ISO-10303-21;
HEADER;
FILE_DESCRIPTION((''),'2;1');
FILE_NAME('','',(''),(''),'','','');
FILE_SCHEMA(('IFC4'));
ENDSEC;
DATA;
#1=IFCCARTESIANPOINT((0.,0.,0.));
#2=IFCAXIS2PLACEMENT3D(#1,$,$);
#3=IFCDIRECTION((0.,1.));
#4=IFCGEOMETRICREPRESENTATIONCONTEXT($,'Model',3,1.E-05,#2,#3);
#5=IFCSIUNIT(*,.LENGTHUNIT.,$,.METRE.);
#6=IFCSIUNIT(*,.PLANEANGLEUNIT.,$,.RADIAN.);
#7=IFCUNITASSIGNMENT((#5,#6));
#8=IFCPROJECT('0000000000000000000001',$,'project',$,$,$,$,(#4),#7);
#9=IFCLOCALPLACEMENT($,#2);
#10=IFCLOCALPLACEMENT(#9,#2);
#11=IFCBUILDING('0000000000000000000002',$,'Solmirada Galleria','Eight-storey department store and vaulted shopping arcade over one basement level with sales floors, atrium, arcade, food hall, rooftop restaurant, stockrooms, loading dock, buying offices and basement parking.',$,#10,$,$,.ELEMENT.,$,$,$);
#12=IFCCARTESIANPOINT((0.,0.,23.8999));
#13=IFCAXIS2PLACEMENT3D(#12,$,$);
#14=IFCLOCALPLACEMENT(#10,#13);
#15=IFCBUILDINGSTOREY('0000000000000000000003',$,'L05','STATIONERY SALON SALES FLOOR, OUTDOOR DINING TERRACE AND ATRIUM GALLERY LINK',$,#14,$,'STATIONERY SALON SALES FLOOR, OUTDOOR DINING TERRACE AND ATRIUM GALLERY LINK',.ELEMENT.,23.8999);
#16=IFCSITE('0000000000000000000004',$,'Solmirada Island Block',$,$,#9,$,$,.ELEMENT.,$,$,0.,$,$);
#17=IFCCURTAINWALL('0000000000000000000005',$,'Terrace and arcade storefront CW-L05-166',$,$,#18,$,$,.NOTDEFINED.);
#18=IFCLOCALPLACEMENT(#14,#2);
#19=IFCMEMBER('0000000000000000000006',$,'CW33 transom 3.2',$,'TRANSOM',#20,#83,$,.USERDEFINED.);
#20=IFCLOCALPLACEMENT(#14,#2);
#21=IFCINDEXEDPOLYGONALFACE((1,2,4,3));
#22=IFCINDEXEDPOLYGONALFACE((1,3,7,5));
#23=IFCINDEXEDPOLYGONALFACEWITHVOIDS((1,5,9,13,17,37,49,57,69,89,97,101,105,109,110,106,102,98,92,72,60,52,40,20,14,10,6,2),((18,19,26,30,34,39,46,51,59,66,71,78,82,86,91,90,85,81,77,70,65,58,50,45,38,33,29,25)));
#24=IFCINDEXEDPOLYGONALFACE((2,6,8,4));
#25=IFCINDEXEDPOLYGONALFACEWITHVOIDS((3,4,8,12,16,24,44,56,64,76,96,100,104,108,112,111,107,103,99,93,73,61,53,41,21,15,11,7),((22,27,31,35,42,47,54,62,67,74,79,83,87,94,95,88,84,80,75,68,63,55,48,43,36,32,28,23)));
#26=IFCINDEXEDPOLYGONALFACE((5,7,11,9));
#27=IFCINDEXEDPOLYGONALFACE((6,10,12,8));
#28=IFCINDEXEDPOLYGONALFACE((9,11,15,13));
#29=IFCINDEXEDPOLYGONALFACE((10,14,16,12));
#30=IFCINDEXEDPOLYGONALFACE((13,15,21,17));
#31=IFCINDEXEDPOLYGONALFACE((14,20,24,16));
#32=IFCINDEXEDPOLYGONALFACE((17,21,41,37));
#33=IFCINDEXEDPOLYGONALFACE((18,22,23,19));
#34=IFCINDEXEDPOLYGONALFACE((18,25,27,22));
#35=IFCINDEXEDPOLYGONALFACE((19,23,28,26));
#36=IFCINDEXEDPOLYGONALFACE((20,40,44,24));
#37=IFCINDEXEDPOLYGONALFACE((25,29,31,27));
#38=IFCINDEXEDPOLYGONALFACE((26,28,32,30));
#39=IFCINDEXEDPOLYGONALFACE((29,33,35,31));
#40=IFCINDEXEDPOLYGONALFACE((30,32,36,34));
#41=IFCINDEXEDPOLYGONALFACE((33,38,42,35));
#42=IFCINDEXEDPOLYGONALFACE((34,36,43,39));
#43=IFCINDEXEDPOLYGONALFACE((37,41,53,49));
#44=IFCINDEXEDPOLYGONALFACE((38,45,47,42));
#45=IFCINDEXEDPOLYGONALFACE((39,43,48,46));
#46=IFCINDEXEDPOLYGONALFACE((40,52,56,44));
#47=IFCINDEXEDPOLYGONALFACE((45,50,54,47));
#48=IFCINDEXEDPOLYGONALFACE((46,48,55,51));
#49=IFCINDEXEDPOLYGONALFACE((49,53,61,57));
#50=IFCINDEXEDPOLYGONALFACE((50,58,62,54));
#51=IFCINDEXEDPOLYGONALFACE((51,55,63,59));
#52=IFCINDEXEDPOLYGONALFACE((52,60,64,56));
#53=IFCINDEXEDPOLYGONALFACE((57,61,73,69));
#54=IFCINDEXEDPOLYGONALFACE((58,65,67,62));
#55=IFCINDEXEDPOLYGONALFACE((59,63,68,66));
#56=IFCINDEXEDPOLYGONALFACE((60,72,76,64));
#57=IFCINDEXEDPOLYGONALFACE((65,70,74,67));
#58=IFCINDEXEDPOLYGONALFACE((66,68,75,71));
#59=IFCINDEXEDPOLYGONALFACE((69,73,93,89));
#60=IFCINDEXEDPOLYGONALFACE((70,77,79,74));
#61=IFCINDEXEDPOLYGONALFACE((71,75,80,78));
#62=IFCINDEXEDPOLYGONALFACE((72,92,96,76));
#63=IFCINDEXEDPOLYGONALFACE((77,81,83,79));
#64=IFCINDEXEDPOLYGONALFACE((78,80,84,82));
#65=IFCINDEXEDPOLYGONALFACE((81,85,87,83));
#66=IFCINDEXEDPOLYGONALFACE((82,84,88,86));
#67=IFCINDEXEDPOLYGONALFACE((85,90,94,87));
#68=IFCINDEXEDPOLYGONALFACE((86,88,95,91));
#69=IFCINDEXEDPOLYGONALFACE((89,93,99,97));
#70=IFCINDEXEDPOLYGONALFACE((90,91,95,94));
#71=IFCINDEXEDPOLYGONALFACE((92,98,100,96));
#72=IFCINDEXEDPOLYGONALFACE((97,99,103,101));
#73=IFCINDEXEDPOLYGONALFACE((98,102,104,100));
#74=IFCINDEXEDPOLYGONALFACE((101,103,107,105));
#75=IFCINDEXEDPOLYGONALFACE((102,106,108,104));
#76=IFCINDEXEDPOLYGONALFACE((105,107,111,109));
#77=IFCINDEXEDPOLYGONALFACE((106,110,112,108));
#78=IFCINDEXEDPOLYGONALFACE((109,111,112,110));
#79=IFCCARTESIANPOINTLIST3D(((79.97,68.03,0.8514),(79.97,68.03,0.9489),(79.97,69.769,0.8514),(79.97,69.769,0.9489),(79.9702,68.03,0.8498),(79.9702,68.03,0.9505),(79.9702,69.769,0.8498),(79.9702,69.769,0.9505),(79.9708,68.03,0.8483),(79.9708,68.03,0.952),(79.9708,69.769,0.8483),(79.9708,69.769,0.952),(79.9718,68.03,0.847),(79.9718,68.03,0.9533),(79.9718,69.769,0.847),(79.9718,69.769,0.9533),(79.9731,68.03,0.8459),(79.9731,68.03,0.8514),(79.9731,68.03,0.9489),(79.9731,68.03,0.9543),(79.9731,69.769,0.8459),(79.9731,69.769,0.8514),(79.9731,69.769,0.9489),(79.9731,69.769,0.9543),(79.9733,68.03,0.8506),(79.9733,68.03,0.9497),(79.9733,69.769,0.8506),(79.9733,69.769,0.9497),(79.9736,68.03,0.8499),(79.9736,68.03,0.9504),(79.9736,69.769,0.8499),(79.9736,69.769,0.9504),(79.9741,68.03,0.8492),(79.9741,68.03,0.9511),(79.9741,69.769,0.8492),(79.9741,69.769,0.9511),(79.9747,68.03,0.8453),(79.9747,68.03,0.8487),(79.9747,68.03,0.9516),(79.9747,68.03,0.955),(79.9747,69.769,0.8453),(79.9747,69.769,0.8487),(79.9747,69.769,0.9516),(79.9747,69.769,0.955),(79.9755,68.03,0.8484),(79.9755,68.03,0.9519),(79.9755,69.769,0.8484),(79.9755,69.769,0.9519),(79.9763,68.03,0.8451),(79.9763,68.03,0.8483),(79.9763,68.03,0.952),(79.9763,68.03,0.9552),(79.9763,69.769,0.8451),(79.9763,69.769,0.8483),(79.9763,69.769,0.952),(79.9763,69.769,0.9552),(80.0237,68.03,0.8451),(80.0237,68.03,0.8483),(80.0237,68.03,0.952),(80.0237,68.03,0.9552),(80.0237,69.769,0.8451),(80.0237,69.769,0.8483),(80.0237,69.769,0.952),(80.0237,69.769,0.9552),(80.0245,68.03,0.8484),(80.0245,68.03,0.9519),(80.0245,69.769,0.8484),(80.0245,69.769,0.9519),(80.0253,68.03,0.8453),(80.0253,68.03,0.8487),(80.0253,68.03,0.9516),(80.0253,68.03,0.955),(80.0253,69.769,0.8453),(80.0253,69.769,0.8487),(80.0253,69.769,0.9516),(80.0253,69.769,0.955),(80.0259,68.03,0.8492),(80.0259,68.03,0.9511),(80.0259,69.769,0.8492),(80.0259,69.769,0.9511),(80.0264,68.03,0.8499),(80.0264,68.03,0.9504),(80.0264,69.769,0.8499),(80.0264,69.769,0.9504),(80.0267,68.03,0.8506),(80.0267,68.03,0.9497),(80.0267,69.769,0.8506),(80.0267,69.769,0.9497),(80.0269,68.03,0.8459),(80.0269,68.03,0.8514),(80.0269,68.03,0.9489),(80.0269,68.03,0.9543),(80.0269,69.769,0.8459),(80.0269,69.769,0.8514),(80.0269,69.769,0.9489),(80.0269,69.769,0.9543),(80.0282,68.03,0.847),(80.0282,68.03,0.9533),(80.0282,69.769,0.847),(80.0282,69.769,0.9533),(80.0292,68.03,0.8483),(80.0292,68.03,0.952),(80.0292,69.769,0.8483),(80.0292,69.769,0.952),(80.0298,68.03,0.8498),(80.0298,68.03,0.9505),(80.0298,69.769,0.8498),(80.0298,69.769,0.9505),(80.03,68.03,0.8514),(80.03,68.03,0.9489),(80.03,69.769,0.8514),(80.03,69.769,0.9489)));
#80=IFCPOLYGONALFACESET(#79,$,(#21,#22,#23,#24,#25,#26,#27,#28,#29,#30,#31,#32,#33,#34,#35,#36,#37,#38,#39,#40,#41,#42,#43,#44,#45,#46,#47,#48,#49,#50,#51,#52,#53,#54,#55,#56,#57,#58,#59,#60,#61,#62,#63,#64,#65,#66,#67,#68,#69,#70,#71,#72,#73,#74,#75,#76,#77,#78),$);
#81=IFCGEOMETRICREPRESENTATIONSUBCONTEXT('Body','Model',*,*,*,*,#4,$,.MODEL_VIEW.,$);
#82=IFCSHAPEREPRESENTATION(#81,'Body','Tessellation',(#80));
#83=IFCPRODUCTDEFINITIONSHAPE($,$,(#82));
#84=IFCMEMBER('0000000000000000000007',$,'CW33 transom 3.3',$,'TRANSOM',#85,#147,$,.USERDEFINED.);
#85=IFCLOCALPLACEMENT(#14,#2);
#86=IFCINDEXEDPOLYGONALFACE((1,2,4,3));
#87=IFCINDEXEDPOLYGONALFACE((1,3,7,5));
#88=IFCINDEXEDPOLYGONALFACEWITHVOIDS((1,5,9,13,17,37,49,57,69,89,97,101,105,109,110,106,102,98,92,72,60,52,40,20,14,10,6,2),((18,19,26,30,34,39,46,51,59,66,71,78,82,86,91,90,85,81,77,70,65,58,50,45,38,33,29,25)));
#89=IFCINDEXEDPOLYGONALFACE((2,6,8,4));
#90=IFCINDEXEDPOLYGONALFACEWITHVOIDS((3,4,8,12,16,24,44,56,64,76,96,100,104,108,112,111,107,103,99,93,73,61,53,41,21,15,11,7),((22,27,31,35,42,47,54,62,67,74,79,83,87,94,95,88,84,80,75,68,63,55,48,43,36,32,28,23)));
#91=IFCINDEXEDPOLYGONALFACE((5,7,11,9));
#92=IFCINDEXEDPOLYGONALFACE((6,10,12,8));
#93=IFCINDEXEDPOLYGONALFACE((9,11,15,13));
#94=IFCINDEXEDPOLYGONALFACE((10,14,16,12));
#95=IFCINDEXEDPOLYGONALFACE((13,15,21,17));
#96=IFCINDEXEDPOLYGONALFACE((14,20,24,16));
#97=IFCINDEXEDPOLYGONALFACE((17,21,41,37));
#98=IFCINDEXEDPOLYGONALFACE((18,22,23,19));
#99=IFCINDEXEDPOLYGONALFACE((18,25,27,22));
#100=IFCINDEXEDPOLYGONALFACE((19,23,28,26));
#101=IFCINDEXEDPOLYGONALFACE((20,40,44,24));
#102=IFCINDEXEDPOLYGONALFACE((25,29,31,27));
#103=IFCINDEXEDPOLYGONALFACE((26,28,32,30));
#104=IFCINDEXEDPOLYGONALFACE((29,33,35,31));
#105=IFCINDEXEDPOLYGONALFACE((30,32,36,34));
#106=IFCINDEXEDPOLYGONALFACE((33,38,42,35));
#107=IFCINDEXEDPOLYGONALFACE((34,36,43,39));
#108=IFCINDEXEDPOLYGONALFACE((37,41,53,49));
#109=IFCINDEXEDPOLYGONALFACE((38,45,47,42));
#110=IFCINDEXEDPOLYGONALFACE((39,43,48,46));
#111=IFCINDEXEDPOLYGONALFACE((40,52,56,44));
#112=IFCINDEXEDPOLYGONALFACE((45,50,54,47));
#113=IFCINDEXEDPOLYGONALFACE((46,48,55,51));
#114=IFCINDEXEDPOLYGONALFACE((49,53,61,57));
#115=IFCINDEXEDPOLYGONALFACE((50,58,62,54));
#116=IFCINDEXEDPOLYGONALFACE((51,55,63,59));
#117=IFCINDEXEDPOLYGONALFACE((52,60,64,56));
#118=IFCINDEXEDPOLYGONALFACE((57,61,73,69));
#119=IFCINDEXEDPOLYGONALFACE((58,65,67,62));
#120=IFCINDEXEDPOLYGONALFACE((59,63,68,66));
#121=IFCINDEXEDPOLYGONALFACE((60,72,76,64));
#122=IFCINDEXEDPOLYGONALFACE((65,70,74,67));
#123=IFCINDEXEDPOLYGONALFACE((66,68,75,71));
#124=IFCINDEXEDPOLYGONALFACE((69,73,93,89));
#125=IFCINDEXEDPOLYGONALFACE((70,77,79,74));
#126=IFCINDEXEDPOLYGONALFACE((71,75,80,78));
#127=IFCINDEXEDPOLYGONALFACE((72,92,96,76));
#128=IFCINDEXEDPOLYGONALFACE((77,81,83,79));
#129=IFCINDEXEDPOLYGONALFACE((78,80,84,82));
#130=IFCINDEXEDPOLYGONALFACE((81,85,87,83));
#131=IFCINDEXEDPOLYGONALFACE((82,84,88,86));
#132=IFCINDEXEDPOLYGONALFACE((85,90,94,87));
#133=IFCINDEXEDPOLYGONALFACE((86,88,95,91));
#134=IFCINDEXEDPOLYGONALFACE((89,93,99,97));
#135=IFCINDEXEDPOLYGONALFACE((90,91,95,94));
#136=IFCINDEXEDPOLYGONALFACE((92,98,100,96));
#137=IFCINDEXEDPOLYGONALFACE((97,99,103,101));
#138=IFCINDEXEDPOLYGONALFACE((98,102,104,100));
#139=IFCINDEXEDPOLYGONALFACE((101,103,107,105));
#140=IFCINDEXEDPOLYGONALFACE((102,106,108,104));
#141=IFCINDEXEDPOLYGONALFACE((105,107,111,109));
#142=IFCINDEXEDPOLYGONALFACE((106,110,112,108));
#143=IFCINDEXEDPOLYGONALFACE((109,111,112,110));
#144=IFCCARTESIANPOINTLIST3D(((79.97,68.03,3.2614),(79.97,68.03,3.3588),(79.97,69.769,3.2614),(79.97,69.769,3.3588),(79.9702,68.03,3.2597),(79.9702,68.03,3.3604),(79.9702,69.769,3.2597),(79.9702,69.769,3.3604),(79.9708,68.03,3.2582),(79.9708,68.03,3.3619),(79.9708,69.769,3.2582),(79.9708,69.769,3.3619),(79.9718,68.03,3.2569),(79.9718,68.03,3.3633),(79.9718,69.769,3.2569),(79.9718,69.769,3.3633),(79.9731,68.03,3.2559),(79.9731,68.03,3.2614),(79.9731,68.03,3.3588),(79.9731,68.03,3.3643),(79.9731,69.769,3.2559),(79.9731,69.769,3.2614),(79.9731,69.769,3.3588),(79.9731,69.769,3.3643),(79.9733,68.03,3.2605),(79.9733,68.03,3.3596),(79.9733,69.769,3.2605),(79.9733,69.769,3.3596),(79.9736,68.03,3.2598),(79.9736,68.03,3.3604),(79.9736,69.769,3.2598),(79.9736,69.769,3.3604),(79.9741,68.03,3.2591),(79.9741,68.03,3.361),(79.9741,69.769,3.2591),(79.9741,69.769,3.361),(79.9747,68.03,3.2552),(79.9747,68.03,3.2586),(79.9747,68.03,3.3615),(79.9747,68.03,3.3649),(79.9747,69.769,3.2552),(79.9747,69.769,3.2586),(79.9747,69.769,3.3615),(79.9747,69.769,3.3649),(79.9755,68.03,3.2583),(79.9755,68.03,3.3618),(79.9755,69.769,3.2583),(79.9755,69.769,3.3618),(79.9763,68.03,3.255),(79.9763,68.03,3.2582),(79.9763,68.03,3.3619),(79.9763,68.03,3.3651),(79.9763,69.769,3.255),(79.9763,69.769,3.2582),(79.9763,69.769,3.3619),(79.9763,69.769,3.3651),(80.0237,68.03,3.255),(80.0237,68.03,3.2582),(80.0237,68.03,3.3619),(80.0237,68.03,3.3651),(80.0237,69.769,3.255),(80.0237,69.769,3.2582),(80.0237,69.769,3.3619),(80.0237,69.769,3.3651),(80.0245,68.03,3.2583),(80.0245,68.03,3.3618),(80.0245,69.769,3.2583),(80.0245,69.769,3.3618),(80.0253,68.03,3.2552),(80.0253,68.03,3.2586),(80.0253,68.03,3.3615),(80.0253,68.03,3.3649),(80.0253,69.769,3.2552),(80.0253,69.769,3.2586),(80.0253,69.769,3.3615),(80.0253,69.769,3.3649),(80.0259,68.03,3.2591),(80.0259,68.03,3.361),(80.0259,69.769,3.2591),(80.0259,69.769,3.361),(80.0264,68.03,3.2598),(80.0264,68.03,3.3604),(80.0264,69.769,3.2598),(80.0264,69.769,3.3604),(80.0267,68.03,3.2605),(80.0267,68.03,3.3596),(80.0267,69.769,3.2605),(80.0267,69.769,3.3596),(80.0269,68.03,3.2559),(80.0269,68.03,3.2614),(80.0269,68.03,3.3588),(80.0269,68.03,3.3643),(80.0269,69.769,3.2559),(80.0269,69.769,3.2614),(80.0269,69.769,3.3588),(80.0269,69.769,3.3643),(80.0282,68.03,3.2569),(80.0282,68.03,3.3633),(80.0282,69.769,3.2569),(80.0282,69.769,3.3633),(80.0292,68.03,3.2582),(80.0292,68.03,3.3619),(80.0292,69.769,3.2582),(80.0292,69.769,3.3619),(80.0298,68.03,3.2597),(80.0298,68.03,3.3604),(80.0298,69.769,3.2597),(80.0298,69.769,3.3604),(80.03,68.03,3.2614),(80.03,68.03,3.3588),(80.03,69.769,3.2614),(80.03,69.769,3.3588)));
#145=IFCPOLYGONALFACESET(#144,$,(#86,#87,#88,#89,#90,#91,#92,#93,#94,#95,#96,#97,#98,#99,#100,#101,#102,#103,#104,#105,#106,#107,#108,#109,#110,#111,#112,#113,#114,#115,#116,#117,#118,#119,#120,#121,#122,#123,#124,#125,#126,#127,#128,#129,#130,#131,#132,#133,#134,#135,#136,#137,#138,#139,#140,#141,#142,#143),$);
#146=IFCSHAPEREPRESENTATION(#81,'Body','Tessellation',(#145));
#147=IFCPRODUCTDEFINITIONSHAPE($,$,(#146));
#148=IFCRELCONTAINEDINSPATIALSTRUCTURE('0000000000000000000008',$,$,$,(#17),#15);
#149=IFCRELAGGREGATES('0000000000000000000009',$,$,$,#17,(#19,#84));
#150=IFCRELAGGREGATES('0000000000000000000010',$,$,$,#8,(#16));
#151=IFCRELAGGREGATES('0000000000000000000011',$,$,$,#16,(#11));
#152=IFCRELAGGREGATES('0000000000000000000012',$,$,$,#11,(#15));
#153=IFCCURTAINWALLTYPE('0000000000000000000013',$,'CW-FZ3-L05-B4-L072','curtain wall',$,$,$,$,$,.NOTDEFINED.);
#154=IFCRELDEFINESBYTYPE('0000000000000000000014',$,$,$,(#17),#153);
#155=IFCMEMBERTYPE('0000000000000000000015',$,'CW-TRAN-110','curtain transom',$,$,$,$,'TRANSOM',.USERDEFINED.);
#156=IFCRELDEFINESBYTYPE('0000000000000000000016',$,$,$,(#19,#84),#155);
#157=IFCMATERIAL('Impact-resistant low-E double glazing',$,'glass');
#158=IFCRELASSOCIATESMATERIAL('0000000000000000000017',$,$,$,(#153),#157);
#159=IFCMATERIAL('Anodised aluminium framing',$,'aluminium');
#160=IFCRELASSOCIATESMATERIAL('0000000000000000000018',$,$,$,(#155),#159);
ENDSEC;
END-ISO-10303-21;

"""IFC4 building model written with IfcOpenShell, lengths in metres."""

from ifc_helpers import new_model, si_unit, direction, frame, origin, origin_2d, place, context, subcontext, project, spatial, hollow_rectangle, extrude, material, material_profile, profile_set, type_object, element, aggregate, save


model = new_model("IFC4")

# Units and contexts
model_context = context("Model", 3, precision=1e-05, world=origin(), true_north=direction((0.0, 1.0)))
body_context = subcontext(model_context, "Body", "Model", "MODEL_VIEW")
ifc_project = project(units=[si_unit("LENGTHUNIT", "METRE"), si_unit("PLANEANGLEUNIT", "RADIAN")], contexts=[model_context])

# Site, building, storey
site_placement = place(None, origin())
site = spatial("IfcSite", under=ifc_project, at=site_placement, Name="Solmirada Island Block", CompositionType="ELEMENT", RefElevation=0.0)
building_placement = place(site_placement, origin())
building = spatial("IfcBuilding", under=site, at=building_placement, Name="Solmirada Galleria", Description="Eight-storey department store and vaulted shopping arcade over one basement level with sales floors, atrium, arcade, food hall, rooftop restaurant, stockrooms, loading dock, buying offices and basement parking.", CompositionType="ELEMENT")
storey_placement = place(building_placement, frame((0.0, 0.0, 23.8999)))
storey = spatial("IfcBuildingStorey", under=building, at=storey_placement, Name="L05", Description="STATIONERY SALON SALES FLOOR, OUTDOOR DINING TERRACE AND ATRIUM GALLERY LINK", LongName="STATIONERY SALON SALES FLOOR, OUTDOOR DINING TERRACE AND ATRIUM GALLERY LINK", CompositionType="ELEMENT", Elevation=23.8999)

# Curtain wall
ifc_material_1 = material(Name="Impact-resistant low-E double glazing", Category="glass")
curtain_wall_type = type_object("IfcCurtainWallType", Name="CW-FZ3-L05-B4-L072", Description="curtain wall", PredefinedType="NOTDEFINED", material=ifc_material_1)
curtain_wall_1_placement = place(storey_placement, origin())
curtain_wall_1 = element("IfcCurtainWall", 1, at=curtain_wall_1_placement, inside=storey, type_object=curtain_wall_type, Name="Terrace and arcade storefront CW-L05-166", PredefinedType="NOTDEFINED")
ifc_material_2 = material(Name="Anodised aluminium framing", Category="aluminium")

# Members
ifc_material_profile_1 = material_profile(ifc_material_2, hollow_rectangle(XDim=0.0601, YDim=0.1101, WallThickness=0.0032, InnerFilletRadius=0.0032, OuterFilletRadius=0.0063, at=origin_2d()), Name="ALU-TRAN-110X60")
ifc_profile_set_1 = profile_set([ifc_material_profile_1], Name="Anodised aluminium framing")
member_type_1 = type_object("IfcMemberType", Name="CW-TRAN-110", Description="curtain transom", ElementType="TRANSOM", PredefinedType="USERDEFINED", material=ifc_profile_set_1)
member_1_placement = place(storey_placement, frame((80.0, 68.03, 0.9001), z_axis=(0.0, 1.0, 0.0), x_axis=(-1.0, 0.0, 0.0)))
member_1 = element("IfcMember", 2, at=member_1_placement, type_object=member_type_1, Name="CW33 transom 3.2", ObjectType="TRANSOM", PredefinedType="USERDEFINED", context=body_context, shape_type="SweptSolid", body=[
    extrude(hollow_rectangle(XDim=0.0601, YDim=0.1101, WallThickness=0.0032, InnerFilletRadius=0.0032, OuterFilletRadius=0.0063, at=origin_2d()), origin(), (0.0, 0.0, 1.0), 1.739),
])
member_2_placement = place(storey_placement, frame((80.0, 68.03, 3.3101), z_axis=(0.0, 1.0, 0.0), x_axis=(-1.0, 0.0, 0.0)))
member_2 = element("IfcMember", 3, at=member_2_placement, type_object=member_type_1, Name="CW33 transom 3.3", ObjectType="TRANSOM", PredefinedType="USERDEFINED", context=body_context, shape_type="SweptSolid", body=[
    extrude(hollow_rectangle(XDim=0.0601, YDim=0.1101, WallThickness=0.0032, InnerFilletRadius=0.0032, OuterFilletRadius=0.0063, at=origin_2d()), origin(), (0.0, 0.0, 1.0), 1.739),
])

aggregate(curtain_wall_1, [member_1, member_2])

save(model, "model.ifc")
